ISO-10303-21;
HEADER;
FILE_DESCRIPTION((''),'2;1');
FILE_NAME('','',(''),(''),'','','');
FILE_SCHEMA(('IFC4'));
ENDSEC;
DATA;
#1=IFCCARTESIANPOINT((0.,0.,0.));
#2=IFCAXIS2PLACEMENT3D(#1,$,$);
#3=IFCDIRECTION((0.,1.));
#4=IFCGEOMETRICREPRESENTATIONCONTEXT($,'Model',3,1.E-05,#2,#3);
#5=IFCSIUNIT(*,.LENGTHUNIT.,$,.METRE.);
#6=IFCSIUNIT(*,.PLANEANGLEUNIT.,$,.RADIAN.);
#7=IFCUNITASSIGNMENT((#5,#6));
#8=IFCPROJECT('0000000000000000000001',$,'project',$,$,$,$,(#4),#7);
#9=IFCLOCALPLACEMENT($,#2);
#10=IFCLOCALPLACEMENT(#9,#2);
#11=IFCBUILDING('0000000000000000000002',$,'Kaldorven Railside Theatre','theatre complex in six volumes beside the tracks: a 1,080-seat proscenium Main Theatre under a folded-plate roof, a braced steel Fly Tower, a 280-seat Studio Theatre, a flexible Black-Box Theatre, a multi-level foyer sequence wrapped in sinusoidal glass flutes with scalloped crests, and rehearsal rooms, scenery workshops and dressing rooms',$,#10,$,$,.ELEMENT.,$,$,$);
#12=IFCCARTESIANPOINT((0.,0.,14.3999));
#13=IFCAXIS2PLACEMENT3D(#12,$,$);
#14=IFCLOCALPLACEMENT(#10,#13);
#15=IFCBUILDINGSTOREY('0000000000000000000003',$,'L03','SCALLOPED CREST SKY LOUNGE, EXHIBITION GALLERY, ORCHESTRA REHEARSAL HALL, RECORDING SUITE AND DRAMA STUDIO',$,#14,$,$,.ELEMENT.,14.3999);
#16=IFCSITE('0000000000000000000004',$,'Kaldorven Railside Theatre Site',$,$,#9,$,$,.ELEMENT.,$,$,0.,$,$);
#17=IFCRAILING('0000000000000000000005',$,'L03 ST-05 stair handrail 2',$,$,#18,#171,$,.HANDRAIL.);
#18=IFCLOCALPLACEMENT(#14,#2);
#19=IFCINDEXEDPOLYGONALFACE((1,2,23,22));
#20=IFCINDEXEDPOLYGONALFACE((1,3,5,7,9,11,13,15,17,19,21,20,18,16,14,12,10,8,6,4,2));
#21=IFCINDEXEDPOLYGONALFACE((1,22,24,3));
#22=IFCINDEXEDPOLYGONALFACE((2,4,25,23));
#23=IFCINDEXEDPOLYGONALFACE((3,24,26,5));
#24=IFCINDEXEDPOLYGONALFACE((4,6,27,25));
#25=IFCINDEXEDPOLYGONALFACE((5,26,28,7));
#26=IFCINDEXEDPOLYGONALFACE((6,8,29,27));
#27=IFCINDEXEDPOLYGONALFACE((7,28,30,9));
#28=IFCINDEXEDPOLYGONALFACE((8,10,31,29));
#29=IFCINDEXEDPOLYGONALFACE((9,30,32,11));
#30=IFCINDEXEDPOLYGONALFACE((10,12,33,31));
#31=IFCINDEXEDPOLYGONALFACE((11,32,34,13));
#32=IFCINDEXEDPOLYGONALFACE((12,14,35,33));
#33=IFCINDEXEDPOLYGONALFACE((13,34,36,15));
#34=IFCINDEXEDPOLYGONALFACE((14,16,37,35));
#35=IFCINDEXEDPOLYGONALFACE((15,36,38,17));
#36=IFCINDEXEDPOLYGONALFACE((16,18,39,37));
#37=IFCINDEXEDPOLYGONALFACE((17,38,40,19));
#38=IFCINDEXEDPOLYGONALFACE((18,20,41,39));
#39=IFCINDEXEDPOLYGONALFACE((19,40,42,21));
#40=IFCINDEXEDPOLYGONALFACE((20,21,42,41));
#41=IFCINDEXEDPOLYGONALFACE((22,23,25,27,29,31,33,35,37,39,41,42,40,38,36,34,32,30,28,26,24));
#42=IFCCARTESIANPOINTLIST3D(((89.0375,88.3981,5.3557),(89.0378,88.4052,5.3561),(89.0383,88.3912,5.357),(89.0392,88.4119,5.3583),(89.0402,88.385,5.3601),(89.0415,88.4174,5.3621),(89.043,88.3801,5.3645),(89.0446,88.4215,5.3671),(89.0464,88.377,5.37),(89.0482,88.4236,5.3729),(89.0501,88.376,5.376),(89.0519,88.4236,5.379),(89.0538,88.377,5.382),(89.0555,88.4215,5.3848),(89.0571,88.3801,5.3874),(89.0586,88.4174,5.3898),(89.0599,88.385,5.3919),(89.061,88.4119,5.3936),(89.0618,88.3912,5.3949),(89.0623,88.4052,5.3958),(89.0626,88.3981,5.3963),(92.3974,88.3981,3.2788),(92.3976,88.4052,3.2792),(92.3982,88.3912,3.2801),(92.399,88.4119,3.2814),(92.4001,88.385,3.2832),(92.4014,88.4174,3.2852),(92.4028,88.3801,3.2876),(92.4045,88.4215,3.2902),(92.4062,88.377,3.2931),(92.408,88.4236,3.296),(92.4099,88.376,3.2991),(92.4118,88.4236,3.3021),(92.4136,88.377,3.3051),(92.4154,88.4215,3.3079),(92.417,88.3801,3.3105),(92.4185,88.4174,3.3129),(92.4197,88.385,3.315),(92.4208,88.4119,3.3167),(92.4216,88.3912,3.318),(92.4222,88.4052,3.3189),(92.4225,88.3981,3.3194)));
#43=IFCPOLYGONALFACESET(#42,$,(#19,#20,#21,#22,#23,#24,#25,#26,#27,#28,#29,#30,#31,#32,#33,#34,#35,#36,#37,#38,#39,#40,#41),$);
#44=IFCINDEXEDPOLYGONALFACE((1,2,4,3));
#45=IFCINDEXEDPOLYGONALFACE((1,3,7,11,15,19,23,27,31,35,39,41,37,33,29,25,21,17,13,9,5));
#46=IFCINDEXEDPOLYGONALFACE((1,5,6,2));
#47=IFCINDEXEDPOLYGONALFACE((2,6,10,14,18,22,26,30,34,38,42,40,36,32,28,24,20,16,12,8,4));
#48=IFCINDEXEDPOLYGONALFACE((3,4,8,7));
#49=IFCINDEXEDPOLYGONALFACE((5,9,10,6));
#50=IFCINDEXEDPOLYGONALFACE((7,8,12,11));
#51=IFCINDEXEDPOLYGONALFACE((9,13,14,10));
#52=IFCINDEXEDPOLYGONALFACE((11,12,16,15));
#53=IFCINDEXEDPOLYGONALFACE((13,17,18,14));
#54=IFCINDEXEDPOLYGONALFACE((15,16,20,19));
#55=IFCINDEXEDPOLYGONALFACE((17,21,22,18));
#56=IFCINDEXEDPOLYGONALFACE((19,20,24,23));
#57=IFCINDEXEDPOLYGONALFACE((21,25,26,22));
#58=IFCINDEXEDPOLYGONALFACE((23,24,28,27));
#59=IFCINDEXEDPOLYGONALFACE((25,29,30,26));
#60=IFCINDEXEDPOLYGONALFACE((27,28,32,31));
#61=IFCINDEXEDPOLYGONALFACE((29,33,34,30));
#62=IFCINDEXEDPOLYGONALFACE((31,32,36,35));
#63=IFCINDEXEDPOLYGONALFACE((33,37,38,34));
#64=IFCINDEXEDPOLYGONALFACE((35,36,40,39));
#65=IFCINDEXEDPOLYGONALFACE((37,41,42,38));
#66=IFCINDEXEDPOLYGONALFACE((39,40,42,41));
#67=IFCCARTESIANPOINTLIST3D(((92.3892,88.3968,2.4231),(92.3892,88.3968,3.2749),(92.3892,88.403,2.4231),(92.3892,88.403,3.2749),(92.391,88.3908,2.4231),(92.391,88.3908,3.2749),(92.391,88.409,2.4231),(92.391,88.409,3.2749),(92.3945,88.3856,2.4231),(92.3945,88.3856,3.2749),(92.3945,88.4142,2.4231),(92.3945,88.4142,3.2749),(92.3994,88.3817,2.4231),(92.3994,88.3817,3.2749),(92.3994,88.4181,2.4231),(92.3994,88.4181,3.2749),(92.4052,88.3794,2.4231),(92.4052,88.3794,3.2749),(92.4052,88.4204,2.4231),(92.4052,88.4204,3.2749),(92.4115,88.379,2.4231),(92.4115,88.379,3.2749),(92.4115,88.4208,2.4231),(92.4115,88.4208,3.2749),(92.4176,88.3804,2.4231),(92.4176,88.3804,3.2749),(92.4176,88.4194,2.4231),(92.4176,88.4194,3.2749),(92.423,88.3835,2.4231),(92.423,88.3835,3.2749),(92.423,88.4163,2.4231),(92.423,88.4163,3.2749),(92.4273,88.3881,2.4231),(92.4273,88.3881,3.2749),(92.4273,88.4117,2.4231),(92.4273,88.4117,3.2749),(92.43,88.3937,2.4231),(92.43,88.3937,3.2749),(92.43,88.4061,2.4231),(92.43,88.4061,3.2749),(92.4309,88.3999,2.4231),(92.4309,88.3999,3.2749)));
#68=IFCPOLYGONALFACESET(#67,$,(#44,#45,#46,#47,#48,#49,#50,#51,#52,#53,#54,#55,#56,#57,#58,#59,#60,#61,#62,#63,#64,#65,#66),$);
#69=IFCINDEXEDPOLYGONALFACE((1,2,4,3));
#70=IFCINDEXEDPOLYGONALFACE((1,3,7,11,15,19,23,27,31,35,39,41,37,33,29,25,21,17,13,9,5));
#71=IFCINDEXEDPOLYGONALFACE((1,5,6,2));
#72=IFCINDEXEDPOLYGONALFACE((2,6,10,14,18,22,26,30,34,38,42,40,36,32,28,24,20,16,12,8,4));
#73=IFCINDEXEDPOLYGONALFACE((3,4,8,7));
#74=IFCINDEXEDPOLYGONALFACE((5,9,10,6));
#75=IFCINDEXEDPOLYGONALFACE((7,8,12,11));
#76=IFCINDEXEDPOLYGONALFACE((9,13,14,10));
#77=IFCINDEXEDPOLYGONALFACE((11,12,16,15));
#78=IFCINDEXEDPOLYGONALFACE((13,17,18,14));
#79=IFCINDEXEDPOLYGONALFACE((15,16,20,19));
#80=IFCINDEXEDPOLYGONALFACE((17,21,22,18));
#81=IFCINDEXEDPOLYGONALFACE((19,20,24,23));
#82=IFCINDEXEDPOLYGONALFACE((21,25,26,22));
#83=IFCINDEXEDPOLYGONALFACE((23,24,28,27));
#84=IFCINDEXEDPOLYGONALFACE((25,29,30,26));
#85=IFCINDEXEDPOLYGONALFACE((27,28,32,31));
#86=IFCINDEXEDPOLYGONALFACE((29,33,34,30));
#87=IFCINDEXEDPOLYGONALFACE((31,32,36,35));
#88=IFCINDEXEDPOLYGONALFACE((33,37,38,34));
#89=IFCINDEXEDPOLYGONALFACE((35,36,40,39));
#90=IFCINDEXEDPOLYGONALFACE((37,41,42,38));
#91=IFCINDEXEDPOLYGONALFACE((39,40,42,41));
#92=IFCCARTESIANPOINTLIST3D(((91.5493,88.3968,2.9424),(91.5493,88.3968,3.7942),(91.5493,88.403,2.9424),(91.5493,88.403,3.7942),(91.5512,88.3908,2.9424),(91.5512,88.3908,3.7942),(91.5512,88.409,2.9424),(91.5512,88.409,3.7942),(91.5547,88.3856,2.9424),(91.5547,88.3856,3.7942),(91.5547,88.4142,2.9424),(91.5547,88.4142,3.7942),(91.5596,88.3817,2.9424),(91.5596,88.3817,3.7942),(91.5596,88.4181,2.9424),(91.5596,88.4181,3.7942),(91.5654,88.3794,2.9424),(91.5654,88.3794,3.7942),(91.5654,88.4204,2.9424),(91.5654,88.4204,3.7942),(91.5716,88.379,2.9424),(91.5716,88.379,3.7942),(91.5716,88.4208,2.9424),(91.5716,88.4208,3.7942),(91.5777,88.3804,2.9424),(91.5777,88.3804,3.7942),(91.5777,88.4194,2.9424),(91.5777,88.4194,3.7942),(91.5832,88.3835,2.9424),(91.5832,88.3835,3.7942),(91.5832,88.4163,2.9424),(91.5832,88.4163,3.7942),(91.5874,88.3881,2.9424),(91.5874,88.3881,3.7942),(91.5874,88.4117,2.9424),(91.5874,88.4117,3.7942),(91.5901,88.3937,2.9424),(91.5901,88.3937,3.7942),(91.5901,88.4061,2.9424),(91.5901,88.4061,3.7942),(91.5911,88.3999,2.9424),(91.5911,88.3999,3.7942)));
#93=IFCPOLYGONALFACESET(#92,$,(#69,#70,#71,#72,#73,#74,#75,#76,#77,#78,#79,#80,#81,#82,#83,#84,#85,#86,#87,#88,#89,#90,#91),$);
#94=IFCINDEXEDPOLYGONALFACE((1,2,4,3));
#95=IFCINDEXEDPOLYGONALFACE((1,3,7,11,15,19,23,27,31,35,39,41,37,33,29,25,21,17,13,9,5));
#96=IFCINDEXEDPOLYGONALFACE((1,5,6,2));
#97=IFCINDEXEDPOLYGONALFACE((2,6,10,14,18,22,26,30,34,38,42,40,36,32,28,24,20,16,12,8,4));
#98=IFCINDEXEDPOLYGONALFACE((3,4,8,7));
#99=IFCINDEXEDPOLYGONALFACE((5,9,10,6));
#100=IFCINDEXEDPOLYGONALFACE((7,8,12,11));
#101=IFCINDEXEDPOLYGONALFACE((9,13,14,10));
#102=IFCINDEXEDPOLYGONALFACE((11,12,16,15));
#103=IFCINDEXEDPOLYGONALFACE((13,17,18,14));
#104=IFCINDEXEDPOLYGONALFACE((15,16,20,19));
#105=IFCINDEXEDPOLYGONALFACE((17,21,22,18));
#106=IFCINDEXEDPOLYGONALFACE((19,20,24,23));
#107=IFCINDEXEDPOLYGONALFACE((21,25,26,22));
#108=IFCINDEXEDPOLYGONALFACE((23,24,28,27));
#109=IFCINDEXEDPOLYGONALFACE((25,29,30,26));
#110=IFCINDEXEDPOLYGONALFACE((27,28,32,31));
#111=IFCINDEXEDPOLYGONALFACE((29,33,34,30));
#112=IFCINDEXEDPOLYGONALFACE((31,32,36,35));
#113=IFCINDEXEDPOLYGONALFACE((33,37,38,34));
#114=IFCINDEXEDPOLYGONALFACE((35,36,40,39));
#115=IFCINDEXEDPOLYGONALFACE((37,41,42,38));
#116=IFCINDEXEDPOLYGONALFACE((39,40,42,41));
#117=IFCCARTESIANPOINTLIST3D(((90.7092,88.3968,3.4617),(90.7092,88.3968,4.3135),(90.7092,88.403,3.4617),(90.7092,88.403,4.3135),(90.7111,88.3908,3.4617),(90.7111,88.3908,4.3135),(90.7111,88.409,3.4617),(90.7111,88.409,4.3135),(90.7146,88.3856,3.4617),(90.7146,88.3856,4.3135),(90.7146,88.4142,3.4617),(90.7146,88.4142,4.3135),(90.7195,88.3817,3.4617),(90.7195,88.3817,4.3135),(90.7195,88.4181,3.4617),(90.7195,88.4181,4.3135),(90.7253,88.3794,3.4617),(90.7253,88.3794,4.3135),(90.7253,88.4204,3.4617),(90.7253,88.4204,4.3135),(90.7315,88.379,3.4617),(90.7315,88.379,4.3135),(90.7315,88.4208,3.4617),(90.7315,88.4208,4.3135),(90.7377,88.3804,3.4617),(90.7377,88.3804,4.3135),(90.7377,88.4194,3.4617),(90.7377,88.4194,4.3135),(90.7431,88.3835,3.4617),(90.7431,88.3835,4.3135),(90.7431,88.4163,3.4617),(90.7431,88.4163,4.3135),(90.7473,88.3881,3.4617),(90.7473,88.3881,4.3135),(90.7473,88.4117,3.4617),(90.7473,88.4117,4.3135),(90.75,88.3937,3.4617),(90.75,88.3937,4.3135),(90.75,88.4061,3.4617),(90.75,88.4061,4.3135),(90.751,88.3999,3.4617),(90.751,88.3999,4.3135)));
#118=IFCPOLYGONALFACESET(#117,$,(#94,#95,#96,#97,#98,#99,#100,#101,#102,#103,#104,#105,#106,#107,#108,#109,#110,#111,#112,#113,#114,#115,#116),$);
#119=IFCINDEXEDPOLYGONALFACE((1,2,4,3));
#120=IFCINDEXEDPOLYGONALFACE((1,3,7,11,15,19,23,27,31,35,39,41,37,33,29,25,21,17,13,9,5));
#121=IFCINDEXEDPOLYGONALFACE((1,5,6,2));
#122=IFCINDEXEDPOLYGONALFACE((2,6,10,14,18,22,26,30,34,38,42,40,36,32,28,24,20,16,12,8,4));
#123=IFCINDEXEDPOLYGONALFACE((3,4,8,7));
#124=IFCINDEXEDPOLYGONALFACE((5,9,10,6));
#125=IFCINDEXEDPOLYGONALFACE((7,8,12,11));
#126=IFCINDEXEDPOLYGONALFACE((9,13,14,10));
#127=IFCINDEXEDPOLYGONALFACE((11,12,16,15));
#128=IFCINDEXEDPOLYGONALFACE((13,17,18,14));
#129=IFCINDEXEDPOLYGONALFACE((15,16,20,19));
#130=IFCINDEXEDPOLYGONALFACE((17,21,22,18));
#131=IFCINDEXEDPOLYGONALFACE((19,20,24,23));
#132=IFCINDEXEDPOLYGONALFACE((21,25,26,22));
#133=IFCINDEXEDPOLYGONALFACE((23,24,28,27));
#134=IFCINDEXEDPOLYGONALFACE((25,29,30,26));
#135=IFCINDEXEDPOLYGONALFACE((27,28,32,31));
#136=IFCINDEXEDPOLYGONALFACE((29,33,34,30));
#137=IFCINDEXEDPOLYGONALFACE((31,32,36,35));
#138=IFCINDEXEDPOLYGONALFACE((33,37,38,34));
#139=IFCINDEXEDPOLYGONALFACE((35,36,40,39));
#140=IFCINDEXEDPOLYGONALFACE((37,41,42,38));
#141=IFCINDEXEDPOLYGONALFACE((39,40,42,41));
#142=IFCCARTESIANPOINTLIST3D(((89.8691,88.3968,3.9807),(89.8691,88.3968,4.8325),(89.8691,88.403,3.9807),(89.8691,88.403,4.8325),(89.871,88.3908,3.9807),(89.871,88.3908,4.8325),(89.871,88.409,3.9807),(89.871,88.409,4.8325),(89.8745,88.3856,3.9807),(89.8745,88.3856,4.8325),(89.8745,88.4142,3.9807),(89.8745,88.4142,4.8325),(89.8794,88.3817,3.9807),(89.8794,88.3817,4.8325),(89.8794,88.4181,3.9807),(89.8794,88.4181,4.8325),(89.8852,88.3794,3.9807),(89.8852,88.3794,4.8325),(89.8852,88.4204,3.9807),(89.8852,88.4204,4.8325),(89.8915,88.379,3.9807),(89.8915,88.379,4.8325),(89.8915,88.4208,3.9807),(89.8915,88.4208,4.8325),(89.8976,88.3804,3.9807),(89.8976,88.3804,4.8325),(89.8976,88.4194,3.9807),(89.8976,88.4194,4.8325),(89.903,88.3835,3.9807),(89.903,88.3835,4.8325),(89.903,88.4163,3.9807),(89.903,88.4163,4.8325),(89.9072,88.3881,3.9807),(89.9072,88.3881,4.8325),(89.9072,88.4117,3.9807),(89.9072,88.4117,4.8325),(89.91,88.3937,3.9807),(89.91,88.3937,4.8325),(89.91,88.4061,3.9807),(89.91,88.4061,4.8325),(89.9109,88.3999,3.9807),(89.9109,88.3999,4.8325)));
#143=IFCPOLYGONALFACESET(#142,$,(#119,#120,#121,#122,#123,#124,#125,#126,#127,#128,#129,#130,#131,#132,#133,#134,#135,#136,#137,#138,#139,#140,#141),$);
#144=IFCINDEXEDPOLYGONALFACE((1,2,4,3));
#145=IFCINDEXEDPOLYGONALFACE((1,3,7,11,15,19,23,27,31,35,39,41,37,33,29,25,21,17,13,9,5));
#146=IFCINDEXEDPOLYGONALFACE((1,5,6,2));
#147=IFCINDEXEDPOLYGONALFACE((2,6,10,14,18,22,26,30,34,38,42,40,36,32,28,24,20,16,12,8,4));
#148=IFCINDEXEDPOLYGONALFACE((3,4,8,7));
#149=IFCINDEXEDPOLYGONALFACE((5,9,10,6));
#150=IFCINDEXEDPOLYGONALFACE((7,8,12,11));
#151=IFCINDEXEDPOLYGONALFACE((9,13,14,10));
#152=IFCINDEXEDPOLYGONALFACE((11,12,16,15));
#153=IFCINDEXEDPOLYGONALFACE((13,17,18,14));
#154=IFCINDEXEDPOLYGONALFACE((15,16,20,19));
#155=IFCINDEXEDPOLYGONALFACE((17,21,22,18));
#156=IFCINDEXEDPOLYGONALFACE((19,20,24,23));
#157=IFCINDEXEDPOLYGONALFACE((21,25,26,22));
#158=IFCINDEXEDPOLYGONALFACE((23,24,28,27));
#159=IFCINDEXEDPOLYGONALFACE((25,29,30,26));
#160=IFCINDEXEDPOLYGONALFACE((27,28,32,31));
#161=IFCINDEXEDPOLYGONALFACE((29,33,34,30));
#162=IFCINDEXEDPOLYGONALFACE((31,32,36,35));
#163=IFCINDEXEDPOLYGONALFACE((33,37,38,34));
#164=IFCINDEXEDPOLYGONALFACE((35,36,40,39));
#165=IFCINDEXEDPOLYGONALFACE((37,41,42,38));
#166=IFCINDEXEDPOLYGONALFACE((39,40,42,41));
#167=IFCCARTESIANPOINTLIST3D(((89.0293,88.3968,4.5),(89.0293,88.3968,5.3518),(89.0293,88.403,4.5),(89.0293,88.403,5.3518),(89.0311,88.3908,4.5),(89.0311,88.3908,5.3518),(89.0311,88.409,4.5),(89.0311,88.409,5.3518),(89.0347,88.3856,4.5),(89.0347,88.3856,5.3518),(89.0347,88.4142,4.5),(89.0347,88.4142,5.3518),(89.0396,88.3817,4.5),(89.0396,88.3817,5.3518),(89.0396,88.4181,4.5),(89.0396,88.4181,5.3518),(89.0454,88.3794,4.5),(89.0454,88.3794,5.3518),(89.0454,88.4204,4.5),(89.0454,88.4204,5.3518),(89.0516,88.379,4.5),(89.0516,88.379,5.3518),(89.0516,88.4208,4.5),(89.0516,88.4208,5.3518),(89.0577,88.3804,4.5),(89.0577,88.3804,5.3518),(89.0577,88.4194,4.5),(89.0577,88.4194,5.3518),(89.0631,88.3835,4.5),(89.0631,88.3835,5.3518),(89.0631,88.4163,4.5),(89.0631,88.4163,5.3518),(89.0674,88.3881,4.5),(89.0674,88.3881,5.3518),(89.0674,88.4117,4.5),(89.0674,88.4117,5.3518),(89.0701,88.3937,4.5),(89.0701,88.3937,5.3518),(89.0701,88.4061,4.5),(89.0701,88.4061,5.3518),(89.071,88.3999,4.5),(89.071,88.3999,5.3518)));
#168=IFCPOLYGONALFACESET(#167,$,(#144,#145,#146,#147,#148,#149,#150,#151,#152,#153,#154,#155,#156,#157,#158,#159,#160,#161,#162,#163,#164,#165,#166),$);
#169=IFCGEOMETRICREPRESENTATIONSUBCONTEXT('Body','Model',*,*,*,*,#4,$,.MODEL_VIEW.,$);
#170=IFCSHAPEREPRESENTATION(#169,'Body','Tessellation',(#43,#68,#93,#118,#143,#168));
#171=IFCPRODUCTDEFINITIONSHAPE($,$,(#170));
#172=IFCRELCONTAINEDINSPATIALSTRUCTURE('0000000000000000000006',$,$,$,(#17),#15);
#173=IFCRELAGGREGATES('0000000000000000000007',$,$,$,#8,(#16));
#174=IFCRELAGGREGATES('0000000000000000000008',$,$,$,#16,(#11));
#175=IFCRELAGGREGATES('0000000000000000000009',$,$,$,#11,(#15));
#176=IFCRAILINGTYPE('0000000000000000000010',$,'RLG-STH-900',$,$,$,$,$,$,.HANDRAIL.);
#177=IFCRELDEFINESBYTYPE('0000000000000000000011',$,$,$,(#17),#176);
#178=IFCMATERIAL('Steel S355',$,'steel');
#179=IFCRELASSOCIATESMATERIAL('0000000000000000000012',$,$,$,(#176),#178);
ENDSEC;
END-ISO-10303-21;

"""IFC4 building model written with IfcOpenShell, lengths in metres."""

from ifc_helpers import new_model, si_unit, direction, frame, origin, origin_2d, place, context, subcontext, project, spatial, circle, extrude, material, type_object, element, save


model = new_model("IFC4")

# Units and contexts
model_context = context("Model", 3, precision=1e-05, world=origin(), true_north=direction((0.0, 1.0)))
body_context = subcontext(model_context, "Body", "Model", "MODEL_VIEW")
ifc_project = project(units=[si_unit("LENGTHUNIT", "METRE"), si_unit("PLANEANGLEUNIT", "RADIAN")], contexts=[model_context])

# Site, building, storey
site_placement = place(None, origin())
site = spatial("IfcSite", under=ifc_project, at=site_placement, Name="Kaldorven Railside Theatre Site", CompositionType="ELEMENT", RefElevation=0.0)
building_placement = place(site_placement, origin())
building = spatial("IfcBuilding", under=site, at=building_placement, Name="Kaldorven Railside Theatre", Description="theatre complex in six volumes beside the tracks: a 1,080-seat proscenium Main Theatre under a folded-plate roof, a braced steel Fly Tower, a 280-seat Studio Theatre, a flexible Black-Box Theatre, a multi-level foyer sequence wrapped in sinusoidal glass flutes with scalloped crests, and rehearsal rooms, scenery workshops and dressing rooms", CompositionType="ELEMENT")
storey_placement = place(building_placement, frame((0.0, 0.0, 14.3999)))
storey = spatial("IfcBuildingStorey", under=building, at=storey_placement, Name="L03", Description="SCALLOPED CREST SKY LOUNGE, EXHIBITION GALLERY, ORCHESTRA REHEARSAL HALL, RECORDING SUITE AND DRAMA STUDIO", CompositionType="ELEMENT", Elevation=14.3999)

# Shared definitions
ifc_material_1 = material(Name="Steel S355", Category="steel")

# Railing
railing_type_1 = type_object("IfcRailingType", Name="RLG-STH-900", PredefinedType="HANDRAIL", material=ifc_material_1)
railing_1_placement = place(storey_placement, frame((92.4099, 88.3999, 2.4231)))
element("IfcRailing", 1, at=railing_1_placement, inside=storey, type_object=railing_type_1, Name="L03 ST-05 stair handrail 2", PredefinedType="HANDRAIL", context=body_context, shape_type="SweptSolid", body=[
    extrude(circle(Radius=0.0239, at=origin_2d()), frame((0.0, 0.0, 0.876), z_axis=(-0.850606, 0.0, 0.525803), x_axis=(0.0, -1.0, 0.0)), (0.0, 0.0, 1.0), 3.95),
    extrude(circle(Radius=0.021, at=origin_2d()), origin(), (0.0, 0.0, 1.0), 0.8518),
    extrude(circle(Radius=0.021, at=origin_2d()), frame((-0.8398, 0.0, 0.5193)), (0.0, 0.0, 1.0), 0.8518),
    extrude(circle(Radius=0.021, at=origin_2d()), frame((-1.6799, 0.0, 1.0386)), (0.0, 0.0, 1.0), 0.8518),
    extrude(circle(Radius=0.021, at=origin_2d()), frame((-2.52, 0.0, 1.5576)), (0.0, 0.0, 1.0), 0.8518),
    extrude(circle(Radius=0.021, at=origin_2d()), frame((-3.3599, 0.0, 2.0769)), (0.0, 0.0, 1.0), 0.8518),
])

save(model, "model.ifc")
